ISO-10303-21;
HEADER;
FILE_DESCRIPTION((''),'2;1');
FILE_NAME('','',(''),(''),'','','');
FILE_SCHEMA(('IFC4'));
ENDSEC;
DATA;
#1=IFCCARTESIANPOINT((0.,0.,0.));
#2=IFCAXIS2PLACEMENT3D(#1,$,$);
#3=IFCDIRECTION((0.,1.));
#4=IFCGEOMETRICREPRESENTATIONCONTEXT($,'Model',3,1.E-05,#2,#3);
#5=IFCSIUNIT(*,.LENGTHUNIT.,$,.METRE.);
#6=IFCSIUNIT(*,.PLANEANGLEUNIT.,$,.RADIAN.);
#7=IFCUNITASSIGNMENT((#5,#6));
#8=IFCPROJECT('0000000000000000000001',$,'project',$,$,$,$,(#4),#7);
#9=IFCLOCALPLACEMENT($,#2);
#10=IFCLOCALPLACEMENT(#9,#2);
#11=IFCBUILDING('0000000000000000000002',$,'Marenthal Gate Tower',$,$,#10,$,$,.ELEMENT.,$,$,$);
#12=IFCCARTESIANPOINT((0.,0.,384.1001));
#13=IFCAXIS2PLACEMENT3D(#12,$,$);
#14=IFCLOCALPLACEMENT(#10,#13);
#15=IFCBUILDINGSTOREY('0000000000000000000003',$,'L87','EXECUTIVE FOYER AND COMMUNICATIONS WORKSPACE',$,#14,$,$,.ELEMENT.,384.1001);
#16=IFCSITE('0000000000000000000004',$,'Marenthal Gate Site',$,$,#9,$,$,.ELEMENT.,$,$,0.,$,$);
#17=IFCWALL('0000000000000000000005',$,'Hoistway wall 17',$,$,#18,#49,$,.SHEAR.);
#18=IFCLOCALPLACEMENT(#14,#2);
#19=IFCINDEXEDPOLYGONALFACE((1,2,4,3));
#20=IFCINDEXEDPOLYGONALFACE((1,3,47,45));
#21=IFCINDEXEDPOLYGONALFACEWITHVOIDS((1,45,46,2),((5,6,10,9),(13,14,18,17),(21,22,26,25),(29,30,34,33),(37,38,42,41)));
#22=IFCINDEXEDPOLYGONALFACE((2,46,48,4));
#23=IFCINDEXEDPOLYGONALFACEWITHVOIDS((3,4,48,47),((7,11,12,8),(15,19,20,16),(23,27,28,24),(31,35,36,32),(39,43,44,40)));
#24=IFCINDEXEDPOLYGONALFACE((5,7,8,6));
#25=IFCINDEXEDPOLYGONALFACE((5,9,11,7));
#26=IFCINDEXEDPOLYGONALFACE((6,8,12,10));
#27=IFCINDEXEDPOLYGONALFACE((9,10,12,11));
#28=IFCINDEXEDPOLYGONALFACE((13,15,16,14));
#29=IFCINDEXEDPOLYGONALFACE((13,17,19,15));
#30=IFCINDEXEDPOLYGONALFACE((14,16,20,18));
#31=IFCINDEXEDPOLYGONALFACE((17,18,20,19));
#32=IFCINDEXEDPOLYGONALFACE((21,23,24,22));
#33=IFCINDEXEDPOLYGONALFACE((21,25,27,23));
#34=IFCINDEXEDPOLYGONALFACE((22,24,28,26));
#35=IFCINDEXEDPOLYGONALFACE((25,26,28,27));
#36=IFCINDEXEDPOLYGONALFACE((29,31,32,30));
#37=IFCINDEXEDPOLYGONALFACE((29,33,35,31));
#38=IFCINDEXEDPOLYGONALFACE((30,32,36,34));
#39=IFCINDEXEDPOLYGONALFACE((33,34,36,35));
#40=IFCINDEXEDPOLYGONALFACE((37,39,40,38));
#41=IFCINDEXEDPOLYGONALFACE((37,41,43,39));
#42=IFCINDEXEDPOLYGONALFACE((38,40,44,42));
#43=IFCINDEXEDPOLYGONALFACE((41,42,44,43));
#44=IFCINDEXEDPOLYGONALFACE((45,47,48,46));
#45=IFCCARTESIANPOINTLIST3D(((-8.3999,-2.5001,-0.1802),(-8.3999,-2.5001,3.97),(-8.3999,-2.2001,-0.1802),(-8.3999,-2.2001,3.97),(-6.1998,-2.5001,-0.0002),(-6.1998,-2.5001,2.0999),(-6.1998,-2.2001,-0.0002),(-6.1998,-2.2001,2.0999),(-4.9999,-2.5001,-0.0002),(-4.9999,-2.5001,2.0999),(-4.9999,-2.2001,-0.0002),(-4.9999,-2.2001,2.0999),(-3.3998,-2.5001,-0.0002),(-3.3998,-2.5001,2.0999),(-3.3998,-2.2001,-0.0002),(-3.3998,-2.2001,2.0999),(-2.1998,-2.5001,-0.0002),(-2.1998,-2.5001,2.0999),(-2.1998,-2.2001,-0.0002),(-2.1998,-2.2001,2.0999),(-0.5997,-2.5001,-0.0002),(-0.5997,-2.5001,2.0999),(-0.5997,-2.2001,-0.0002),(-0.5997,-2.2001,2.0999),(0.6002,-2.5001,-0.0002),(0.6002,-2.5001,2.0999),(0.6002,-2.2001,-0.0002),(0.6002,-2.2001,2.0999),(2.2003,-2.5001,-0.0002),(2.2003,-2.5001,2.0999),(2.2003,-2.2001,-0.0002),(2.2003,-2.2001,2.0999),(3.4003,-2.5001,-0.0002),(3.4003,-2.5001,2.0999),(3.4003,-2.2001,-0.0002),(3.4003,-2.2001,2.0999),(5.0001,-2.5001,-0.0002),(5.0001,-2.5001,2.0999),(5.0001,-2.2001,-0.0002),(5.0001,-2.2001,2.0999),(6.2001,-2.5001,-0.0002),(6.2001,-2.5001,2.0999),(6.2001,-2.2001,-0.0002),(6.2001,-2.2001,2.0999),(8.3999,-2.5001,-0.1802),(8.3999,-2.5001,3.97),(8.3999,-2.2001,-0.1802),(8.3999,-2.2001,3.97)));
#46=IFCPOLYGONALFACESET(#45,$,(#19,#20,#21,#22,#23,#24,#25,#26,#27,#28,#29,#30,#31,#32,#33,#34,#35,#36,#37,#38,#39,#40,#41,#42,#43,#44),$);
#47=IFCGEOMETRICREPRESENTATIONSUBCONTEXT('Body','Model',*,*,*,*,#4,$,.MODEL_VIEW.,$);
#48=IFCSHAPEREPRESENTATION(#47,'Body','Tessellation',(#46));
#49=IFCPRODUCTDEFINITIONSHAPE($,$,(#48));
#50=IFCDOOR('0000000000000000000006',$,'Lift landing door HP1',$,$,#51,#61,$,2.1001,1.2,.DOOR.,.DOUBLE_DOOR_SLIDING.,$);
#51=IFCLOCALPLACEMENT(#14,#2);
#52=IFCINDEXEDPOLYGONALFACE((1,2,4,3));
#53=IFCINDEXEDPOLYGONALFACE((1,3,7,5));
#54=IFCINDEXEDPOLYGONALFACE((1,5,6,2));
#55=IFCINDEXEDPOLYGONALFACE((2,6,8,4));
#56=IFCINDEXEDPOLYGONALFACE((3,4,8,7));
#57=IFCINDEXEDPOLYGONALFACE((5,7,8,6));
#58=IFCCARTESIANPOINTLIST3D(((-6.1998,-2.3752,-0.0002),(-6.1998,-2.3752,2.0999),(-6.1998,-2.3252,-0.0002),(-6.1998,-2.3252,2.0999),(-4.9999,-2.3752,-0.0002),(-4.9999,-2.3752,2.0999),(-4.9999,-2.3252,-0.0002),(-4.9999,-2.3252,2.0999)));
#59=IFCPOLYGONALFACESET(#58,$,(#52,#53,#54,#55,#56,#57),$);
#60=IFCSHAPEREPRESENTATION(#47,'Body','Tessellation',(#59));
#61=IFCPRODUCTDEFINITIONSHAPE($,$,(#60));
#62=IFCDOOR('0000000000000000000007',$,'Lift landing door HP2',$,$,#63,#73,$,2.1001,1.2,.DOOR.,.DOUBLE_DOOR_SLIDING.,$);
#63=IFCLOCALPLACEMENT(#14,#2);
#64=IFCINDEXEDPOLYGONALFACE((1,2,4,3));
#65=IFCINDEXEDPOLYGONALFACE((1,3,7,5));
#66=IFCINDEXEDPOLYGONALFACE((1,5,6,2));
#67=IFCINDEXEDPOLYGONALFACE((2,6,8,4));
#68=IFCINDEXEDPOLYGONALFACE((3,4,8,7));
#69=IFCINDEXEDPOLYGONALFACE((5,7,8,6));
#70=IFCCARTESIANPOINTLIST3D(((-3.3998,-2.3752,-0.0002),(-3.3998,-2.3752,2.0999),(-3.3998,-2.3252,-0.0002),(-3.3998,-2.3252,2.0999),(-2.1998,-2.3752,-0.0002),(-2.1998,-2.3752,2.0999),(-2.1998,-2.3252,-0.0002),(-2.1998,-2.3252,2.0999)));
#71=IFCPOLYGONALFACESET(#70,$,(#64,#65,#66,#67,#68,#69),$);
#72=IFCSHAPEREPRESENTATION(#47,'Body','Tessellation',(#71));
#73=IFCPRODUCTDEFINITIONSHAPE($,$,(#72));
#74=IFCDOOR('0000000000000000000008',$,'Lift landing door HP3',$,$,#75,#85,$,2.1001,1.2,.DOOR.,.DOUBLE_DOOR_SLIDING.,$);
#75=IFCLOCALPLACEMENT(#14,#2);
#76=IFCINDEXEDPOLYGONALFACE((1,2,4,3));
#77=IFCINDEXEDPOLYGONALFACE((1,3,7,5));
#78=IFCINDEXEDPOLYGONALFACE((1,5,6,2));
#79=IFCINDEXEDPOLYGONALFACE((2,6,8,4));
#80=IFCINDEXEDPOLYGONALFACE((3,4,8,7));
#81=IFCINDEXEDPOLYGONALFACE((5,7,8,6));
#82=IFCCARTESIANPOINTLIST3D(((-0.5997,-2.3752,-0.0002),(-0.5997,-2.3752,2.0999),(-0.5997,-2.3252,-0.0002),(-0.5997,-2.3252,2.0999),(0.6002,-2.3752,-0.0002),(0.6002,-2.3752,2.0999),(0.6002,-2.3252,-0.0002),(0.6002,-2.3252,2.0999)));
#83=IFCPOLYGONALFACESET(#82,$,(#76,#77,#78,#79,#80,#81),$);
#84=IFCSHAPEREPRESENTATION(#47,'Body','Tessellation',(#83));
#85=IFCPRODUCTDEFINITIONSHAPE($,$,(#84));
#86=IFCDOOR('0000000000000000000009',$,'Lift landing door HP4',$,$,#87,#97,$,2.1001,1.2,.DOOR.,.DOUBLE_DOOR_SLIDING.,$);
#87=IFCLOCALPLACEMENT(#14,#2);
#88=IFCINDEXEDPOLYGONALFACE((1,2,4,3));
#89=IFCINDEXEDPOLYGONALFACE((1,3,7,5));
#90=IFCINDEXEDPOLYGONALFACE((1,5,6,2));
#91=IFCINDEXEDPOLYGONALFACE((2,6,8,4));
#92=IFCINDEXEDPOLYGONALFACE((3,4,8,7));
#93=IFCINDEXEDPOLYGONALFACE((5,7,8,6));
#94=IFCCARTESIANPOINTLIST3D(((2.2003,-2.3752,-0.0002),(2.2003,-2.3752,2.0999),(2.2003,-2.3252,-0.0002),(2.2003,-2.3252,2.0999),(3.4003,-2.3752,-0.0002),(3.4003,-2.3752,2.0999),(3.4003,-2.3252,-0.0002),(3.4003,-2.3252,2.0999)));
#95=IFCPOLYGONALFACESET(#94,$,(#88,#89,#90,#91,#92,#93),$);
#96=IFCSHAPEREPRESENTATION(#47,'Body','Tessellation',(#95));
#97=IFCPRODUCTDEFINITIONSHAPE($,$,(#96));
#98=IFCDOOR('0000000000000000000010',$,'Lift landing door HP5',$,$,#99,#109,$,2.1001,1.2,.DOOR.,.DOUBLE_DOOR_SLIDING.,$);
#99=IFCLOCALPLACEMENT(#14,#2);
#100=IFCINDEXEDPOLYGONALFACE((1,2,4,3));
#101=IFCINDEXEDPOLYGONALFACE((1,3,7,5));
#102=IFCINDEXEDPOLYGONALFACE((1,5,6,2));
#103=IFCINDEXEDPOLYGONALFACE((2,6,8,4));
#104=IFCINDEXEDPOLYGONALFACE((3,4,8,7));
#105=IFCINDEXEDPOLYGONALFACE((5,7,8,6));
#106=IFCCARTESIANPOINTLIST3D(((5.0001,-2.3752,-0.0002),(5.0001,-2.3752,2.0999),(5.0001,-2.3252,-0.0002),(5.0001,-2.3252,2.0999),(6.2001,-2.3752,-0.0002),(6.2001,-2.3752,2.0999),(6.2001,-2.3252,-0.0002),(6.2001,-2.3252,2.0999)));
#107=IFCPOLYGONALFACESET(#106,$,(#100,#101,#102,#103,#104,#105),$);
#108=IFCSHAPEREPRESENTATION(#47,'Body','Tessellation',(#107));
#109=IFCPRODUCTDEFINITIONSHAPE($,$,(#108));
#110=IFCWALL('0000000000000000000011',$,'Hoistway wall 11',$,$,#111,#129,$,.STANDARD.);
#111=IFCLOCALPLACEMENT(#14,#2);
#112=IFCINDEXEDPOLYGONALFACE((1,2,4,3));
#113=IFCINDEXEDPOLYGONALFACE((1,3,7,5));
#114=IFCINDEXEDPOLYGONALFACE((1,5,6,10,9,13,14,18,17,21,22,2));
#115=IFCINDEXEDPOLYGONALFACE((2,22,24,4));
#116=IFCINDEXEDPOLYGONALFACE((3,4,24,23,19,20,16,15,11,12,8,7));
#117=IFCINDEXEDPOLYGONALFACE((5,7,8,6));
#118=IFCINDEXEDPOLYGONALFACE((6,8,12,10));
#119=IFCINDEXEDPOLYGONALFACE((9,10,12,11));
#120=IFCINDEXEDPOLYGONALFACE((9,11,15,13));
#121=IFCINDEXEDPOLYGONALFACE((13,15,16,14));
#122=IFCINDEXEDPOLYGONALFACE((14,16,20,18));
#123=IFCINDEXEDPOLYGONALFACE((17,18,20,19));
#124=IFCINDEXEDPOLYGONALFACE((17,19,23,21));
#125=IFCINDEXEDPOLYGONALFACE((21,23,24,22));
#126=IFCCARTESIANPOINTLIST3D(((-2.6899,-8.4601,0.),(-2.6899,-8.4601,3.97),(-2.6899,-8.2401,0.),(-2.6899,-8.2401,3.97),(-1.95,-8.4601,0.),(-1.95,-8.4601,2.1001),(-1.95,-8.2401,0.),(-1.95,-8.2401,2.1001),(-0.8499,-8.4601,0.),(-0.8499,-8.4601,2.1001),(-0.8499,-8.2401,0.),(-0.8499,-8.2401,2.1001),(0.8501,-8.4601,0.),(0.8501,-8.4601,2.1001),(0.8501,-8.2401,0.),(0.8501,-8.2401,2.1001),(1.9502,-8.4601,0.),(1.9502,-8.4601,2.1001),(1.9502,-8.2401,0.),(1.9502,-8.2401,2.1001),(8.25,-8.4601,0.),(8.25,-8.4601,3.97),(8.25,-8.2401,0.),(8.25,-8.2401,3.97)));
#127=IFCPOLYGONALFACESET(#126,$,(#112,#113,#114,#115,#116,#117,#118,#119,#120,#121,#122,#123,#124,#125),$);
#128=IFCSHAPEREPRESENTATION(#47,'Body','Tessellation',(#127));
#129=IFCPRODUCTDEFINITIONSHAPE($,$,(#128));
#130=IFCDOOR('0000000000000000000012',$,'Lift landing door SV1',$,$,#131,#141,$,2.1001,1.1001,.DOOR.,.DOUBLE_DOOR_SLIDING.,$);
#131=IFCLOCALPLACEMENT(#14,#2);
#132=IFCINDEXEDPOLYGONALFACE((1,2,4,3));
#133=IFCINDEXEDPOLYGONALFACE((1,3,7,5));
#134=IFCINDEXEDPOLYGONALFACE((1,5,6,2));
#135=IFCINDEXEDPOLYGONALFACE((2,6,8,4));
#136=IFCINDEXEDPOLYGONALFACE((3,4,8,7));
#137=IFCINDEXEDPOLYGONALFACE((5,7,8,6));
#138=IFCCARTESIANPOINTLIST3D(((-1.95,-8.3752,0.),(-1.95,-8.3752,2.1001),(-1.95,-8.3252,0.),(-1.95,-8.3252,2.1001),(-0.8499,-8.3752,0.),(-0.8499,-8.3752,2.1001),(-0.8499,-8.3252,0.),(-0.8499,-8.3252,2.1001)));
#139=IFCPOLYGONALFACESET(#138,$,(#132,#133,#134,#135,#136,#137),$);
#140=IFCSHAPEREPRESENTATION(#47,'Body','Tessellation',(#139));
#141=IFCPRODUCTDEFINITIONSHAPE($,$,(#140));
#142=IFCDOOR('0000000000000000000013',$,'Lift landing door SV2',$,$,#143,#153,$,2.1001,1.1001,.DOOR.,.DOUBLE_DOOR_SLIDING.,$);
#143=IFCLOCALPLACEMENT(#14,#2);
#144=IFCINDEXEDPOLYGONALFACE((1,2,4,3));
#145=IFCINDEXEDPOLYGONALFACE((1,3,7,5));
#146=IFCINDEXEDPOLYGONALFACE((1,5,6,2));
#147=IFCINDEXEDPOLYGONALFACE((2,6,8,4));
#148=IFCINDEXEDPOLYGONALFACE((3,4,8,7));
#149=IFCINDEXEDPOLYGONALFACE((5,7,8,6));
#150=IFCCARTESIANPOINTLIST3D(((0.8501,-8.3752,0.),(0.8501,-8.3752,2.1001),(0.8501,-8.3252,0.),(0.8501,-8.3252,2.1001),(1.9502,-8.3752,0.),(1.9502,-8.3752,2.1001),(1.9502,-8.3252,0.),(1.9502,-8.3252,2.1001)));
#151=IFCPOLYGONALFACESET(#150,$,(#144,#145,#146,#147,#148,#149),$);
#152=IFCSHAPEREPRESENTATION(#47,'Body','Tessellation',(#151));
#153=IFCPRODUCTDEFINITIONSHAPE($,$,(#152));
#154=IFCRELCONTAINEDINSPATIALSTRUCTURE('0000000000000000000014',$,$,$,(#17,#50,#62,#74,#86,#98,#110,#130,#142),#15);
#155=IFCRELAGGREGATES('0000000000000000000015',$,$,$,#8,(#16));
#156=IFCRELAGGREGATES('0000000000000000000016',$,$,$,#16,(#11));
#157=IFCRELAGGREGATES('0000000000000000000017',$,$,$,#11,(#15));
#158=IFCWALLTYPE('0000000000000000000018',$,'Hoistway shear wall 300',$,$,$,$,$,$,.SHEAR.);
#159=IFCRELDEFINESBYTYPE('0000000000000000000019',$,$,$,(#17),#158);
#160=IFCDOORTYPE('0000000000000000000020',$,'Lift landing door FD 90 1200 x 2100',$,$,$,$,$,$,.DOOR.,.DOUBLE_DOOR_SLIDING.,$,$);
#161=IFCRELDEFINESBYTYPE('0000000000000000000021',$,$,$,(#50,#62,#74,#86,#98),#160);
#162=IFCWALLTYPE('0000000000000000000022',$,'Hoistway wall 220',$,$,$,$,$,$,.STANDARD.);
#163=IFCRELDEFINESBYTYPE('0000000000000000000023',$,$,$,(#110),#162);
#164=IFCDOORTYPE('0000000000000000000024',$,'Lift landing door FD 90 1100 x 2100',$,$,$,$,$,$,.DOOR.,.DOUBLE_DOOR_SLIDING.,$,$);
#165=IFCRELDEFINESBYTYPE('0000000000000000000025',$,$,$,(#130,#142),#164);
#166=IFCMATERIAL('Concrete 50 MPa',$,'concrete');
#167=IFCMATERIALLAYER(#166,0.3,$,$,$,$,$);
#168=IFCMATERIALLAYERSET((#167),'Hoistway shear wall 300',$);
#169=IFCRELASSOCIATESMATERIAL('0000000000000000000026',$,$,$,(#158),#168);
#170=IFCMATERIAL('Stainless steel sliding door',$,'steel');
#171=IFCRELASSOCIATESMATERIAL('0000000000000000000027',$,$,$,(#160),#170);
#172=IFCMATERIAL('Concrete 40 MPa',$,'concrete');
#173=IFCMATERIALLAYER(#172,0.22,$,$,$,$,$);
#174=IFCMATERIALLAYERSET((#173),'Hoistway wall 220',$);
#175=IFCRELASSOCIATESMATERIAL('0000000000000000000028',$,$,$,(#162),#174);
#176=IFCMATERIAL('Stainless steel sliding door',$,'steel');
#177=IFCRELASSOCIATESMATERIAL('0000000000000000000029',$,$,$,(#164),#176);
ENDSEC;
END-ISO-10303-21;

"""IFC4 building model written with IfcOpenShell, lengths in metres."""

from ifc_helpers import new_model, si_unit, direction, frame, frame_2d, origin, place, context, subcontext, project, spatial, rectangle, extrude, material, layer, layer_set, type_object, element, fill, save


model = new_model("IFC4")

# Units and contexts
model_context = context("Model", 3, precision=1e-05, world=origin(), true_north=direction((0.0, 1.0)))
body_context = subcontext(model_context, "Body", "Model", "MODEL_VIEW")
ifc_project = project(units=[si_unit("LENGTHUNIT", "METRE"), si_unit("PLANEANGLEUNIT", "RADIAN")], contexts=[model_context])

# Site, building, storey
site_placement = place(None, origin())
site = spatial("IfcSite", under=ifc_project, at=site_placement, Name="Marenthal Gate Site", CompositionType="ELEMENT", RefElevation=0.0)
building_placement = place(site_placement, origin())
building = spatial("IfcBuilding", under=site, at=building_placement, Name="Marenthal Gate Tower", CompositionType="ELEMENT")
storey_placement = place(building_placement, frame((0.0, 0.0, 384.1001)))
storey = spatial("IfcBuildingStorey", under=building, at=storey_placement, Name="L87", Description="EXECUTIVE FOYER AND COMMUNICATIONS WORKSPACE", CompositionType="ELEMENT", Elevation=384.1001)

# Walls, openings, doors
ifc_material_1 = material(Name="Concrete 50 MPa", Category="concrete")
ifc_layer_1 = layer(ifc_material_1, 0.3)
ifc_layer_set_1 = layer_set([ifc_layer_1], Name="Hoistway shear wall 300")
wall_type_1 = type_object("IfcWallType", Name="Hoistway shear wall 300", PredefinedType="SHEAR", material=ifc_layer_set_1)
wall_1_placement = place(storey_placement, frame((-8.3999, -2.3501, -0.1802), z_axis=(0.0, 0.0, 1.0), x_axis=(1.0, 0.0, 0.0)))
wall_1 = element("IfcWall", 1, at=wall_1_placement, inside=storey, type_object=wall_type_1, Name="Hoistway wall 17", PredefinedType="SHEAR", context=body_context, shape_type="SweptSolid", body=[
    extrude(rectangle(XDim=16.7998, YDim=0.3, at=frame_2d((8.3999, 0.0))), origin(), (0.0, 0.0, 1.0), 4.1501),
])
opening_1_placement = place(wall_1_placement, frame((2.2, 0.0, 0.1799)))
opening_1 = element("IfcOpeningElement", 2, at=opening_1_placement, cuts=wall_1, PredefinedType="OPENING", context=body_context, shape_type="SweptSolid", body=[
    extrude(rectangle(XDim=1.2, YDim=2.1001, at=frame_2d((0.6001, 1.05))), frame((0.0, 0.1602, 0.0), z_axis=(0.0, -1.0, 0.0), x_axis=(1.0, 0.0, 0.0)), (0.0, 0.0, 1.0), 0.3201),
])
opening_2_placement = place(wall_1_placement, frame((5.0, 0.0, 0.1799)))
opening_2 = element("IfcOpeningElement", 3, at=opening_2_placement, cuts=wall_1, PredefinedType="OPENING", context=body_context, shape_type="SweptSolid", body=[
    extrude(rectangle(XDim=1.2, YDim=2.1001, at=frame_2d((0.6001, 1.05))), frame((0.0, 0.1602, 0.0), z_axis=(0.0, -1.0, 0.0), x_axis=(1.0, 0.0, 0.0)), (0.0, 0.0, 1.0), 0.3201),
])
opening_3_placement = place(wall_1_placement, frame((7.8, 0.0, 0.1799)))
opening_3 = element("IfcOpeningElement", 4, at=opening_3_placement, cuts=wall_1, PredefinedType="OPENING", context=body_context, shape_type="SweptSolid", body=[
    extrude(rectangle(XDim=1.2, YDim=2.1001, at=frame_2d((0.6001, 1.05))), frame((0.0, 0.1602, 0.0), z_axis=(0.0, -1.0, 0.0), x_axis=(1.0, 0.0, 0.0)), (0.0, 0.0, 1.0), 0.3201),
])
opening_4_placement = place(wall_1_placement, frame((10.6001, 0.0, 0.1799)))
opening_4 = element("IfcOpeningElement", 5, at=opening_4_placement, cuts=wall_1, PredefinedType="OPENING", context=body_context, shape_type="SweptSolid", body=[
    extrude(rectangle(XDim=1.2, YDim=2.1001, at=frame_2d((0.6001, 1.05))), frame((0.0, 0.1602, 0.0), z_axis=(0.0, -1.0, 0.0), x_axis=(1.0, 0.0, 0.0)), (0.0, 0.0, 1.0), 0.3201),
])
opening_5_placement = place(wall_1_placement, frame((13.3999, 0.0, 0.1799)))
opening_5 = element("IfcOpeningElement", 6, at=opening_5_placement, cuts=wall_1, PredefinedType="OPENING", context=body_context, shape_type="SweptSolid", body=[
    extrude(rectangle(XDim=1.2, YDim=2.1001, at=frame_2d((0.6001, 1.05))), frame((0.0, 0.1602, 0.0), z_axis=(0.0, -1.0, 0.0), x_axis=(1.0, 0.0, 0.0)), (0.0, 0.0, 1.0), 0.3201),
])
ifc_material_2 = material(Name="Stainless steel sliding door", Category="steel")
door_type_1 = type_object("IfcDoorType", Name="Lift landing door FD 90 1200 x 2100", OperationType="DOUBLE_DOOR_SLIDING", PredefinedType="DOOR", material=ifc_material_2)
door_1_placement = place(opening_1_placement, origin())
door_1 = element("IfcDoor", 7, at=door_1_placement, inside=storey, type_object=door_type_1, Name="Lift landing door HP1", OperationType="DOUBLE_DOOR_SLIDING", OverallHeight=2.1001, OverallWidth=1.2, PredefinedType="DOOR", context=body_context, shape_type="SweptSolid", body=[
    extrude(rectangle(XDim=1.2, YDim=2.1001, at=frame_2d((0.6001, 1.05))), frame((0.0, 0.0249, 0.0), z_axis=(0.0, -1.0, 0.0), x_axis=(1.0, 0.0, 0.0)), (0.0, 0.0, 1.0), 0.05),
])
fill(opening_1, door_1)
door_2_placement = place(opening_2_placement, origin())
door_2 = element("IfcDoor", 8, at=door_2_placement, inside=storey, type_object=door_type_1, Name="Lift landing door HP2", OperationType="DOUBLE_DOOR_SLIDING", OverallHeight=2.1001, OverallWidth=1.2, PredefinedType="DOOR", context=body_context, shape_type="SweptSolid", body=[
    extrude(rectangle(XDim=1.2, YDim=2.1001, at=frame_2d((0.6001, 1.05))), frame((0.0, 0.0249, 0.0), z_axis=(0.0, -1.0, 0.0), x_axis=(1.0, 0.0, 0.0)), (0.0, 0.0, 1.0), 0.05),
])
fill(opening_2, door_2)
door_3_placement = place(opening_3_placement, origin())
door_3 = element("IfcDoor", 9, at=door_3_placement, inside=storey, type_object=door_type_1, Name="Lift landing door HP3", OperationType="DOUBLE_DOOR_SLIDING", OverallHeight=2.1001, OverallWidth=1.2, PredefinedType="DOOR", context=body_context, shape_type="SweptSolid", body=[
    extrude(rectangle(XDim=1.2, YDim=2.1001, at=frame_2d((0.6001, 1.05))), frame((0.0, 0.0249, 0.0), z_axis=(0.0, -1.0, 0.0), x_axis=(1.0, 0.0, 0.0)), (0.0, 0.0, 1.0), 0.05),
])
fill(opening_3, door_3)
door_4_placement = place(opening_4_placement, origin())
door_4 = element("IfcDoor", 10, at=door_4_placement, inside=storey, type_object=door_type_1, Name="Lift landing door HP4", OperationType="DOUBLE_DOOR_SLIDING", OverallHeight=2.1001, OverallWidth=1.2, PredefinedType="DOOR", context=body_context, shape_type="SweptSolid", body=[
    extrude(rectangle(XDim=1.2, YDim=2.1001, at=frame_2d((0.6001, 1.05))), frame((0.0, 0.0249, 0.0), z_axis=(0.0, -1.0, 0.0), x_axis=(1.0, 0.0, 0.0)), (0.0, 0.0, 1.0), 0.05),
])
fill(opening_4, door_4)
door_5_placement = place(opening_5_placement, origin())
door_5 = element("IfcDoor", 11, at=door_5_placement, inside=storey, type_object=door_type_1, Name="Lift landing door HP5", OperationType="DOUBLE_DOOR_SLIDING", OverallHeight=2.1001, OverallWidth=1.2, PredefinedType="DOOR", context=body_context, shape_type="SweptSolid", body=[
    extrude(rectangle(XDim=1.2, YDim=2.1001, at=frame_2d((0.6001, 1.05))), frame((0.0, 0.0249, 0.0), z_axis=(0.0, -1.0, 0.0), x_axis=(1.0, 0.0, 0.0)), (0.0, 0.0, 1.0), 0.05),
])
fill(opening_5, door_5)
ifc_material_3 = material(Name="Concrete 40 MPa", Category="concrete")
ifc_layer_2 = layer(ifc_material_3, 0.22)
ifc_layer_set_2 = layer_set([ifc_layer_2], Name="Hoistway wall 220")
wall_type_2 = type_object("IfcWallType", Name="Hoistway wall 220", PredefinedType="STANDARD", material=ifc_layer_set_2)
wall_2_placement = place(storey_placement, frame((-2.6899, -8.3501, 0.0), z_axis=(0.0, 0.0, 1.0), x_axis=(1.0, 0.0, 0.0)))
wall_2 = element("IfcWall", 12, at=wall_2_placement, inside=storey, type_object=wall_type_2, Name="Hoistway wall 11", PredefinedType="STANDARD", context=body_context, shape_type="SweptSolid", body=[
    extrude(rectangle(XDim=10.9399, YDim=0.22, at=frame_2d((5.47, 0.0))), origin(), (0.0, 0.0, 1.0), 3.97),
])
opening_6_placement = place(wall_2_placement, frame((0.74, 0.0, 0.0)))
opening_6 = element("IfcOpeningElement", 13, at=opening_6_placement, cuts=wall_2, PredefinedType="OPENING", context=body_context, shape_type="SweptSolid", body=[
    extrude(rectangle(XDim=1.1001, YDim=2.1001, at=frame_2d((0.55, 1.05))), frame((0.0, 0.1201, 0.0), z_axis=(0.0, -1.0, 0.0), x_axis=(1.0, 0.0, 0.0)), (0.0, 0.0, 1.0), 0.24),
])
opening_7_placement = place(wall_2_placement, frame((3.54, 0.0, 0.0)))
opening_7 = element("IfcOpeningElement", 14, at=opening_7_placement, cuts=wall_2, PredefinedType="OPENING", context=body_context, shape_type="SweptSolid", body=[
    extrude(rectangle(XDim=1.1001, YDim=2.1001, at=frame_2d((0.55, 1.05))), frame((0.0, 0.1201, 0.0), z_axis=(0.0, -1.0, 0.0), x_axis=(1.0, 0.0, 0.0)), (0.0, 0.0, 1.0), 0.24),
])
ifc_material_4 = material(Name="Stainless steel sliding door", Category="steel")
door_type_2 = type_object("IfcDoorType", Name="Lift landing door FD 90 1100 x 2100", OperationType="DOUBLE_DOOR_SLIDING", PredefinedType="DOOR", material=ifc_material_4)
door_6_placement = place(opening_6_placement, origin())
door_6 = element("IfcDoor", 15, at=door_6_placement, inside=storey, type_object=door_type_2, Name="Lift landing door SV1", OperationType="DOUBLE_DOOR_SLIDING", OverallHeight=2.1001, OverallWidth=1.1001, PredefinedType="DOOR", context=body_context, shape_type="SweptSolid", body=[
    extrude(rectangle(XDim=1.1001, YDim=2.1001, at=frame_2d((0.55, 1.05))), frame((0.0, 0.0249, 0.0), z_axis=(0.0, -1.0, 0.0), x_axis=(1.0, 0.0, 0.0)), (0.0, 0.0, 1.0), 0.05),
])
fill(opening_6, door_6)
door_7_placement = place(opening_7_placement, origin())
door_7 = element("IfcDoor", 16, at=door_7_placement, inside=storey, type_object=door_type_2, Name="Lift landing door SV2", OperationType="DOUBLE_DOOR_SLIDING", OverallHeight=2.1001, OverallWidth=1.1001, PredefinedType="DOOR", context=body_context, shape_type="SweptSolid", body=[
    extrude(rectangle(XDim=1.1001, YDim=2.1001, at=frame_2d((0.55, 1.05))), frame((0.0, 0.0249, 0.0), z_axis=(0.0, -1.0, 0.0), x_axis=(1.0, 0.0, 0.0)), (0.0, 0.0, 1.0), 0.05),
])
fill(opening_7, door_7)

save(model, "model.ifc")
